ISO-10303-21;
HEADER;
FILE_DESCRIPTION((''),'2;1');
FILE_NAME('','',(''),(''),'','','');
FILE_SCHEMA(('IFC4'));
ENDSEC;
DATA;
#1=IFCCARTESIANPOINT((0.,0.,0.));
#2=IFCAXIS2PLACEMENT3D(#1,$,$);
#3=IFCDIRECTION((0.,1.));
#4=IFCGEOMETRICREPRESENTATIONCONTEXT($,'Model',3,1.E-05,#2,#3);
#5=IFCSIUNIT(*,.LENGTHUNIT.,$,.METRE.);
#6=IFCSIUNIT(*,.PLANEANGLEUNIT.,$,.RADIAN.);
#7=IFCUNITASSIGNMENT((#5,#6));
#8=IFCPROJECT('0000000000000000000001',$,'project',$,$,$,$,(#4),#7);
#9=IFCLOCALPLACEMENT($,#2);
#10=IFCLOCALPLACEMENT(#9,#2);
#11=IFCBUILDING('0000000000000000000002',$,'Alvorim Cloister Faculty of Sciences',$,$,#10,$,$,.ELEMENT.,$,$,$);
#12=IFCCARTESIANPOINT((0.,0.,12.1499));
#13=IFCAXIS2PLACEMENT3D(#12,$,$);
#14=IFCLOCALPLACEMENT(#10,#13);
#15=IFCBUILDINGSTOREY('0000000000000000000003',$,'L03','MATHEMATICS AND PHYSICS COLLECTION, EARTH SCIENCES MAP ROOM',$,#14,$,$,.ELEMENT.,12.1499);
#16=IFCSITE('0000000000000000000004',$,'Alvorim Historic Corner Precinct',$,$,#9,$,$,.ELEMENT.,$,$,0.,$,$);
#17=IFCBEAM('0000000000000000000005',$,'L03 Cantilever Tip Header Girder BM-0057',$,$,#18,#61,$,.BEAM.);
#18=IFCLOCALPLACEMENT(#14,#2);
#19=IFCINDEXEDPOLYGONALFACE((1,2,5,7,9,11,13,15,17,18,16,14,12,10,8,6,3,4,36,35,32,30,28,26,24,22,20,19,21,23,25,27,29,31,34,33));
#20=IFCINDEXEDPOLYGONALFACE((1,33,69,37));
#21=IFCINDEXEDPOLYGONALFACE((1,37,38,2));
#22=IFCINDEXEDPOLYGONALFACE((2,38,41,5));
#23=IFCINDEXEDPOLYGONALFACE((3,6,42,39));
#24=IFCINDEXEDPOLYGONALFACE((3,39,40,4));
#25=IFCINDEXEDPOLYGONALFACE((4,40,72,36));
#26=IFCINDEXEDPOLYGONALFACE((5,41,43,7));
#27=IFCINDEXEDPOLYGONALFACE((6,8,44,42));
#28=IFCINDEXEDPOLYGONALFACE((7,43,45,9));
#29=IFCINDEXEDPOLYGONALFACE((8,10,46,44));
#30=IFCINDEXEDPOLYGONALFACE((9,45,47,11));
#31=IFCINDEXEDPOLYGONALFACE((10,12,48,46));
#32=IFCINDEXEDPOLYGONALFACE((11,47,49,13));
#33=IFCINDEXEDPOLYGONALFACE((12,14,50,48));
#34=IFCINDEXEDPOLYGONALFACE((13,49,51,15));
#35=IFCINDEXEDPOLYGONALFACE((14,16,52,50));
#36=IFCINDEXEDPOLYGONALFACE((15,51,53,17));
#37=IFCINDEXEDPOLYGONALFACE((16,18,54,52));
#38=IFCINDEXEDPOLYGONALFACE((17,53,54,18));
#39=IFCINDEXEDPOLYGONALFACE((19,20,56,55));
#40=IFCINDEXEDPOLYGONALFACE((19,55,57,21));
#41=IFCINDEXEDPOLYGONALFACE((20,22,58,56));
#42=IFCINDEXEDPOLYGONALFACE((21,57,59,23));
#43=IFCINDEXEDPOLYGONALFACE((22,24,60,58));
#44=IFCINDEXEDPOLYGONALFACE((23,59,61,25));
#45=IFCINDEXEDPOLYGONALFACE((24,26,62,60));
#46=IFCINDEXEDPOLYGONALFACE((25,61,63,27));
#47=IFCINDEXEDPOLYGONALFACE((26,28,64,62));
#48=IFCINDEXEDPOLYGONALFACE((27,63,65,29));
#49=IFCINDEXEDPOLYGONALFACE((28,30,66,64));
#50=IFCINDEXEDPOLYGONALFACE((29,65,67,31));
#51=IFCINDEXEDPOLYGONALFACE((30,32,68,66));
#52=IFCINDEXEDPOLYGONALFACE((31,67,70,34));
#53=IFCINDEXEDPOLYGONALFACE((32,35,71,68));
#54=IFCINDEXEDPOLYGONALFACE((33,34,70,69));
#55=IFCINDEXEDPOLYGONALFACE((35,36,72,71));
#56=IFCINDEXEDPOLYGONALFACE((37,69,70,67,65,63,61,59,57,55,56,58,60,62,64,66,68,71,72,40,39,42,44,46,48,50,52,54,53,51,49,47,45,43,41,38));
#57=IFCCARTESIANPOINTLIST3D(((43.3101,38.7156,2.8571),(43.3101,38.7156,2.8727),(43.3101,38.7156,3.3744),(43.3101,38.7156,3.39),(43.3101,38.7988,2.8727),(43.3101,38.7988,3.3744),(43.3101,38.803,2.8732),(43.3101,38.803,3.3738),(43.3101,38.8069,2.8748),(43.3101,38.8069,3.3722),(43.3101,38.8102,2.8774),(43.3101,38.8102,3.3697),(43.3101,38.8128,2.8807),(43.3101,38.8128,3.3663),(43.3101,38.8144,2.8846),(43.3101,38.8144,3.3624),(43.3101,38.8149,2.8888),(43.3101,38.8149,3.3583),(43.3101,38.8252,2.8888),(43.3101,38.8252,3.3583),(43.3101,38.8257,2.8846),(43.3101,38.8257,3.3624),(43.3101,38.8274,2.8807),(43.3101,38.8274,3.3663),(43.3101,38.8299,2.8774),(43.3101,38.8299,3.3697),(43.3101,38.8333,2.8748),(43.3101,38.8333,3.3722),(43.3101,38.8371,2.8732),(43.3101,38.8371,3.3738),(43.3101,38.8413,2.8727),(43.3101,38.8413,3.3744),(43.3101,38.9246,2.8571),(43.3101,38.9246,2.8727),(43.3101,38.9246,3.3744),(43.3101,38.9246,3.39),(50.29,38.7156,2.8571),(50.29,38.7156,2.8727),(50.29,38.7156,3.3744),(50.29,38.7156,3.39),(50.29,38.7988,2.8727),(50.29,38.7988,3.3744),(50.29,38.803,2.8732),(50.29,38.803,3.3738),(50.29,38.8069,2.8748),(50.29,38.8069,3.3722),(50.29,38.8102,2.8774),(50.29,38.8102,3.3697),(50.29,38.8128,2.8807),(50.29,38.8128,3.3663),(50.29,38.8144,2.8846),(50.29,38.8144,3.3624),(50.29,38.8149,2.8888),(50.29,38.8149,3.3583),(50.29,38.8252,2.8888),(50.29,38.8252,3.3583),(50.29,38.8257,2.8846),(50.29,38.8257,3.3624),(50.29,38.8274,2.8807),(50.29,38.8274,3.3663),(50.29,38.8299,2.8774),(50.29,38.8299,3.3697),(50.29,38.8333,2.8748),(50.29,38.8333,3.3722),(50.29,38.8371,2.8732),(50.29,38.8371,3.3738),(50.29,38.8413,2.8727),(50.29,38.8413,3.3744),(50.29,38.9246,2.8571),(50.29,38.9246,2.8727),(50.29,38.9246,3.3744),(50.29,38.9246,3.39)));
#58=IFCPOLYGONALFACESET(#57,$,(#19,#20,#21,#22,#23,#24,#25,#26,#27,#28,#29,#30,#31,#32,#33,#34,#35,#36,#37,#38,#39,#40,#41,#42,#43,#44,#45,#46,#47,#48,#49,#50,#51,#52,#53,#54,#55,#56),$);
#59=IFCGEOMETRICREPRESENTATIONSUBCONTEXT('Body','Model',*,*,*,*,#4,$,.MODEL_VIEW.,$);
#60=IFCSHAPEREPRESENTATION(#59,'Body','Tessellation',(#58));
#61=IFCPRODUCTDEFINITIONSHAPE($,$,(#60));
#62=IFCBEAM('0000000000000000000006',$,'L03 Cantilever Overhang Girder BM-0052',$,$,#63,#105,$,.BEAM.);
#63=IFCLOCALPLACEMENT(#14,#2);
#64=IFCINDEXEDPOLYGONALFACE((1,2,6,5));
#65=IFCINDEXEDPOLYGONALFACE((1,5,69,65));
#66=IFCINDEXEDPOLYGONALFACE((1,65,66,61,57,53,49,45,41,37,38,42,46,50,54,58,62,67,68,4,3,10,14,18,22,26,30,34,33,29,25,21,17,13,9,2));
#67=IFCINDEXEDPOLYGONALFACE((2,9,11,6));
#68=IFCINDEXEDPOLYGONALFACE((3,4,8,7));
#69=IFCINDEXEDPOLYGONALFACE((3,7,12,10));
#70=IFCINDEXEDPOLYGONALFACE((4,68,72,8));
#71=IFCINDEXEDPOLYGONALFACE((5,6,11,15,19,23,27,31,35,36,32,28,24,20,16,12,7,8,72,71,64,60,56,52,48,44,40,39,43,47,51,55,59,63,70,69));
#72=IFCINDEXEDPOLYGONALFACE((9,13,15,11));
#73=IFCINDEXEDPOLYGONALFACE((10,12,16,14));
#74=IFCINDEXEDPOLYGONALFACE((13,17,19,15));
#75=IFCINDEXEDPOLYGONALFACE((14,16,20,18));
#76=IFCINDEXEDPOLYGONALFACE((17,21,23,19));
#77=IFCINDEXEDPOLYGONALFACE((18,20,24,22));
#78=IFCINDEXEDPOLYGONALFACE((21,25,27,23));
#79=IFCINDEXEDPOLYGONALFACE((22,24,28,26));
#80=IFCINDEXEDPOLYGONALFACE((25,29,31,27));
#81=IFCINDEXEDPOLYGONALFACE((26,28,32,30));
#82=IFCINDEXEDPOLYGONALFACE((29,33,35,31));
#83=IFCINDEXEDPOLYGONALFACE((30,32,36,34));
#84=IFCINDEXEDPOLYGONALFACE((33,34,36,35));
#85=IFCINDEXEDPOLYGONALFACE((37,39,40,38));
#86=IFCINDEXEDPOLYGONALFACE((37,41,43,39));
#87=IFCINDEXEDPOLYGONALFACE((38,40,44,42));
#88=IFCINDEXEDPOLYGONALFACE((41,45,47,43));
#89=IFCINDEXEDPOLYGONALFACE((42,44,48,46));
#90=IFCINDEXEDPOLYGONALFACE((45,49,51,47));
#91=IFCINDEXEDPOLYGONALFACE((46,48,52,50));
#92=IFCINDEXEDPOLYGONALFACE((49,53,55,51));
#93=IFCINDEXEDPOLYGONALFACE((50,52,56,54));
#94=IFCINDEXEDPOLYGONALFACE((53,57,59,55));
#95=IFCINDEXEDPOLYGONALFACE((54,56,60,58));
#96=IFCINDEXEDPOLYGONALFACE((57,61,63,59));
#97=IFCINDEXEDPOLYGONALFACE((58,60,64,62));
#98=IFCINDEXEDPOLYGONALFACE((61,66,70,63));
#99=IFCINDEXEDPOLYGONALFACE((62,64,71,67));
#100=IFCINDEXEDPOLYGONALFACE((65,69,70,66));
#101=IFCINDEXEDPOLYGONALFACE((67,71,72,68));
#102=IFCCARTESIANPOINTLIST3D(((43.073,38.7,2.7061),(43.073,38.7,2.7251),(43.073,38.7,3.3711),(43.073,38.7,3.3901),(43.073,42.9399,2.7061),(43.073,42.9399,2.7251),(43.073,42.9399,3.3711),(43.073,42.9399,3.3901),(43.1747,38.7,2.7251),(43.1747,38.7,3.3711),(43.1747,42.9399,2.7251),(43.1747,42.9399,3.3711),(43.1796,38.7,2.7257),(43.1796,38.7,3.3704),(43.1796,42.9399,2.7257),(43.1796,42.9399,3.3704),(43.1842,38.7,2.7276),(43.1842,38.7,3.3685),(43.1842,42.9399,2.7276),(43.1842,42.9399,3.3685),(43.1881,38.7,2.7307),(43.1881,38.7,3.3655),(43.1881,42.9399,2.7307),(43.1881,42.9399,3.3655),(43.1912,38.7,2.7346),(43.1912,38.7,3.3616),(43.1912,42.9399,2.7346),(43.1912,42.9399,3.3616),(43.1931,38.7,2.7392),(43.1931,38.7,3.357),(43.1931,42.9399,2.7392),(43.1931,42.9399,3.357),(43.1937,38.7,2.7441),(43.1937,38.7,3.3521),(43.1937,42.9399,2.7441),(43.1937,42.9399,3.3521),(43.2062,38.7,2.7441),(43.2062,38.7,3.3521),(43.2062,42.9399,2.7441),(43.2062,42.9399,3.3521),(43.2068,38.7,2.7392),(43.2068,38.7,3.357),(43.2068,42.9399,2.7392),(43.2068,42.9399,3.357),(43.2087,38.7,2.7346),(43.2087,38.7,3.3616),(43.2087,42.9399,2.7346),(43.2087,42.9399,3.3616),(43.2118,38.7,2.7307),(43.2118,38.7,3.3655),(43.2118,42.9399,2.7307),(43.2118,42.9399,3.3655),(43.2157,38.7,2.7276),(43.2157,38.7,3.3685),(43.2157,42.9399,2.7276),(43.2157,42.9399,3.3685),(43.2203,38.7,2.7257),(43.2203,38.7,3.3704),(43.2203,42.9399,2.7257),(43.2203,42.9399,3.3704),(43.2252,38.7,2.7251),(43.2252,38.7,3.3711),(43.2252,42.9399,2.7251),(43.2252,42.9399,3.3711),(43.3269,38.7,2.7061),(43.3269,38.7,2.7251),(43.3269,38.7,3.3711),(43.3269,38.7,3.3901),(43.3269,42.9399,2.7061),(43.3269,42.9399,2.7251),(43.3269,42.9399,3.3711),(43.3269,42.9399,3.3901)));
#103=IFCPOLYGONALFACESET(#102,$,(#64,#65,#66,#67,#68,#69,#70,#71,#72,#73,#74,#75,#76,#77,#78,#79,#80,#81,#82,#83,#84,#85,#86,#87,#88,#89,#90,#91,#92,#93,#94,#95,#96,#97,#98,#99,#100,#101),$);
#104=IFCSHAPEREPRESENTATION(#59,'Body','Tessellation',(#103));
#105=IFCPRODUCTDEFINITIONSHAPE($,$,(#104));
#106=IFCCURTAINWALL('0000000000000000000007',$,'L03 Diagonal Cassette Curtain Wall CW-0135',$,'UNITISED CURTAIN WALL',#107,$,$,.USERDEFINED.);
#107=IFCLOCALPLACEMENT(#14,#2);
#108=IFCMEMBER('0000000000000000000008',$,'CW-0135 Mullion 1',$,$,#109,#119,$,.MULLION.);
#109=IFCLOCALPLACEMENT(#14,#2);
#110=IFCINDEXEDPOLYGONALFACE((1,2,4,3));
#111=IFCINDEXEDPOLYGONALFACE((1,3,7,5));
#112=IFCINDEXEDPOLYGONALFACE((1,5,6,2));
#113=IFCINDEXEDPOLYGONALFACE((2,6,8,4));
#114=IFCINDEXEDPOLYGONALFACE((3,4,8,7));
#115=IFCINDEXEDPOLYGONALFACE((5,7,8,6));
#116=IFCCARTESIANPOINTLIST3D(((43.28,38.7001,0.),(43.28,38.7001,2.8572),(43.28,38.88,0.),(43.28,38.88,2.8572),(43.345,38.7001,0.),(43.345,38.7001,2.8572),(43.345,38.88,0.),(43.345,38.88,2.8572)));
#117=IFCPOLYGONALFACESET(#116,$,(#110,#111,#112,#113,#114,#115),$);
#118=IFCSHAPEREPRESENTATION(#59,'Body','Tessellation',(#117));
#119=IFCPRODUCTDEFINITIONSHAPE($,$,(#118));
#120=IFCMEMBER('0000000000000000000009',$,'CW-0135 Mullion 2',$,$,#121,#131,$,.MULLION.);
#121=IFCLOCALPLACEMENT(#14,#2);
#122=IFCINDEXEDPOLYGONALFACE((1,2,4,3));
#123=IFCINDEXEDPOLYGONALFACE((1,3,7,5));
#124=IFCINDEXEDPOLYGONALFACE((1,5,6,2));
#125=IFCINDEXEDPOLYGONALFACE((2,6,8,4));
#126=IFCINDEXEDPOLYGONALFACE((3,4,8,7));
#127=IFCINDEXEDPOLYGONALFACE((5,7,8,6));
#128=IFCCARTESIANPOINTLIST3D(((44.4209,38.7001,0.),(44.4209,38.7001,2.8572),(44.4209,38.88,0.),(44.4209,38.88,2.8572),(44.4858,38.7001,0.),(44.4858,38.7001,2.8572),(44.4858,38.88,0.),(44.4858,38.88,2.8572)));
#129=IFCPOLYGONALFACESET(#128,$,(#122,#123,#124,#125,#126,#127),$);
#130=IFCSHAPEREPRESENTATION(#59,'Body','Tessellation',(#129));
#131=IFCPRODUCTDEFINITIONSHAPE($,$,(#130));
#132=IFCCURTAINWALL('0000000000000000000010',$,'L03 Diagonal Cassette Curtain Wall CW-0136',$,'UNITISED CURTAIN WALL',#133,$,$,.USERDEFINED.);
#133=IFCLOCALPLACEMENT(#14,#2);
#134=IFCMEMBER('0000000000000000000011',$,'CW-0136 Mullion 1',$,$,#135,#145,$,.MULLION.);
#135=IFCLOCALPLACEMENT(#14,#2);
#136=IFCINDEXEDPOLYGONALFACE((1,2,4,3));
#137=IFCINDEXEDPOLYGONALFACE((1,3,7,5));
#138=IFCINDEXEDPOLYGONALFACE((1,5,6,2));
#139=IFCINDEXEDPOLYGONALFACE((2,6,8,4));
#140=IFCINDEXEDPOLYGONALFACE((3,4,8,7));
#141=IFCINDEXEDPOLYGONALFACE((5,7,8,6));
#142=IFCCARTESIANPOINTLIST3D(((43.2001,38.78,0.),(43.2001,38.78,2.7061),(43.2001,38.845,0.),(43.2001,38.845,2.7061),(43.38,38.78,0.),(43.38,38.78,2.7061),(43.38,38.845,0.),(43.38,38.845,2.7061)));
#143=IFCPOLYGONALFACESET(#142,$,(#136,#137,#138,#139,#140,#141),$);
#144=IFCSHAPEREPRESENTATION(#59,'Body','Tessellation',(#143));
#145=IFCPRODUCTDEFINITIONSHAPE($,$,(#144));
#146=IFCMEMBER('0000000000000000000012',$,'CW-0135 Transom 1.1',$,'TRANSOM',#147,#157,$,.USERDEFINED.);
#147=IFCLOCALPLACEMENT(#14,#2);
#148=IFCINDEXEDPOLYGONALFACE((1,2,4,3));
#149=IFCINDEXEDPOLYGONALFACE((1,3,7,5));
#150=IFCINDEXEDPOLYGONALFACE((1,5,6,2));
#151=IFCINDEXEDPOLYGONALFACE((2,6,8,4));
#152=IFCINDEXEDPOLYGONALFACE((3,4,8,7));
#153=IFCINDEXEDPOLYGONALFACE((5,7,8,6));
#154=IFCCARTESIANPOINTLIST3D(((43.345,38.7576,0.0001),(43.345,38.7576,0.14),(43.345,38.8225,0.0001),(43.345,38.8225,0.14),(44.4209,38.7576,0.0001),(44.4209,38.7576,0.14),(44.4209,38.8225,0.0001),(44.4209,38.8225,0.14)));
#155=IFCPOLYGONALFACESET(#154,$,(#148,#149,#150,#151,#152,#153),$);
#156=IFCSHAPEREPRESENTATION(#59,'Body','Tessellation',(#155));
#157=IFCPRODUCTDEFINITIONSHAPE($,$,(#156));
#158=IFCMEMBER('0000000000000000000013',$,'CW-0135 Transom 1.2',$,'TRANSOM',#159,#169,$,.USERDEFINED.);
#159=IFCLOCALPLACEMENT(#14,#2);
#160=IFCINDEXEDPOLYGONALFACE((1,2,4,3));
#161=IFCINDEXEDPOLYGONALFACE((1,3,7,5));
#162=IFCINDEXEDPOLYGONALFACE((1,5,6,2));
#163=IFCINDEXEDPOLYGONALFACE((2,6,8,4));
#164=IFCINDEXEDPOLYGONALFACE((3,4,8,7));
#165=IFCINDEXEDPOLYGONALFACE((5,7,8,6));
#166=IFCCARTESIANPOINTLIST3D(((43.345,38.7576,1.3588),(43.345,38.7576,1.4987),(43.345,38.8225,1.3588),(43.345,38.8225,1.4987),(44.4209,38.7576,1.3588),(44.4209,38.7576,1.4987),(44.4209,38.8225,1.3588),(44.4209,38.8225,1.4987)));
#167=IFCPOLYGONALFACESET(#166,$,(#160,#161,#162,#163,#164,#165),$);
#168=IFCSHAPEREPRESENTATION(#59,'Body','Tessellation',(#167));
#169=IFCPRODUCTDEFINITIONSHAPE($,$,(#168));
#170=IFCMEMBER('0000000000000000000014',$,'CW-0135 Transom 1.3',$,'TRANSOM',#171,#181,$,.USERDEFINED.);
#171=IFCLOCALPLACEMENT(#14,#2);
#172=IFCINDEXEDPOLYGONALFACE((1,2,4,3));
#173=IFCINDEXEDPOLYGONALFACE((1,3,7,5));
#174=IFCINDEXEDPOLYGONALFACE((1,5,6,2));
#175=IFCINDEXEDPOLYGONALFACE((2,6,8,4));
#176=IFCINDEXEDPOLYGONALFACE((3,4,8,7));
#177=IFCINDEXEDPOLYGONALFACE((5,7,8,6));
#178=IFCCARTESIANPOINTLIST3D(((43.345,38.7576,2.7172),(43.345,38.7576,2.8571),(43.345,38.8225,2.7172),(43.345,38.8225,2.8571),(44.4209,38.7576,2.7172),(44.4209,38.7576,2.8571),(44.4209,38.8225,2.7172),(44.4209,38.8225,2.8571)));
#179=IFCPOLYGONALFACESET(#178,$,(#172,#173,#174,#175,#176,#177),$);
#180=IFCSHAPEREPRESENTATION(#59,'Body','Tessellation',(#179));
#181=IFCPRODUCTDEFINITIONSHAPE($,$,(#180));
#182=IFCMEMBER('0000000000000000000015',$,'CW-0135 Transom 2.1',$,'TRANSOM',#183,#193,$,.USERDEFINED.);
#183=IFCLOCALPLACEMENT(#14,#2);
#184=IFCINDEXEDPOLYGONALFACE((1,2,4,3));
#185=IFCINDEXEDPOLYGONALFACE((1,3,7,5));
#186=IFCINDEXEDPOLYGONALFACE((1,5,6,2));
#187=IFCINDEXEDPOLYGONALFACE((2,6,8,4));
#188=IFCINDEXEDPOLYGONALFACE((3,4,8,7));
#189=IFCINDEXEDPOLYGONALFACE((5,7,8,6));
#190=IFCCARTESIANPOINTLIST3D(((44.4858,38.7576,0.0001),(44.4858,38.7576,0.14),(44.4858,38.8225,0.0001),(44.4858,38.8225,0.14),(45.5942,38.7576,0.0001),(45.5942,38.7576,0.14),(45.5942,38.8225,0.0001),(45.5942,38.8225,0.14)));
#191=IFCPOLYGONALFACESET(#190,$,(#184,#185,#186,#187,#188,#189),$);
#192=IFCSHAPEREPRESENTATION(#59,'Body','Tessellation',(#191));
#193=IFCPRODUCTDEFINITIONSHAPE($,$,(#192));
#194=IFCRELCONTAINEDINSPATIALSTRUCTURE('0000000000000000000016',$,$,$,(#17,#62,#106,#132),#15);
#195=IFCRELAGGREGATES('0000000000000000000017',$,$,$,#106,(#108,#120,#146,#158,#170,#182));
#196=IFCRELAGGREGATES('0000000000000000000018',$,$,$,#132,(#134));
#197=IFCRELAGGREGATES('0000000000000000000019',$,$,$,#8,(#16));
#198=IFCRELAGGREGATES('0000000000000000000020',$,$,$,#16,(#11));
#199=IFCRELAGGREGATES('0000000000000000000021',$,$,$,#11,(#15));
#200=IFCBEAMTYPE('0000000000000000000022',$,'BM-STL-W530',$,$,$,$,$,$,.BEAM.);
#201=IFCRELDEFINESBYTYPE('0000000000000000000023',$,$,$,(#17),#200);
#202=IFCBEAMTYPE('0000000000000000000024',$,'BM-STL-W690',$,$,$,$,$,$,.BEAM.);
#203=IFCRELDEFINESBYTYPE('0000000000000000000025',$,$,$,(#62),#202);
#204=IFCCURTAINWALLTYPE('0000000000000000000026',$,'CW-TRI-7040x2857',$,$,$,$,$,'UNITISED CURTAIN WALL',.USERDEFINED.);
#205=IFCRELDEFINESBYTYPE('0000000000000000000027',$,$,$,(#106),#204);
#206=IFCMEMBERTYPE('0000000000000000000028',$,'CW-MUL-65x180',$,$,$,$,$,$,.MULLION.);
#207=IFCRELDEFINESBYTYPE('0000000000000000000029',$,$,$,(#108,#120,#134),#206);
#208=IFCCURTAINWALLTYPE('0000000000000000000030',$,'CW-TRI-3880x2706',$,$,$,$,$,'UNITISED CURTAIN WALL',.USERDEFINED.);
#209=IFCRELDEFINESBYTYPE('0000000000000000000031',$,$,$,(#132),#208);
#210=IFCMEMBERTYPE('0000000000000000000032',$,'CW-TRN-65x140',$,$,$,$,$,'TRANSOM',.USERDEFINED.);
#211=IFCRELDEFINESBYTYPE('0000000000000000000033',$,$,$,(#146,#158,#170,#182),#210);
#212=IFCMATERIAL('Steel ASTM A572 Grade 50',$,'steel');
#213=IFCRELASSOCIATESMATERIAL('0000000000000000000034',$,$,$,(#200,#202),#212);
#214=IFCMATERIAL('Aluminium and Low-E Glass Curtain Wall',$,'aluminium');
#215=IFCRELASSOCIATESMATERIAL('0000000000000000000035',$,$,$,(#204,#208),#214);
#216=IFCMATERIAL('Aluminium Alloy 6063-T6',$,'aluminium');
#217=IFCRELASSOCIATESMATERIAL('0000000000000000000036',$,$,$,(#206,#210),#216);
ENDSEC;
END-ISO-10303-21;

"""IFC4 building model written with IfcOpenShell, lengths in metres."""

from ifc_helpers import new_model, si_unit, direction, frame, origin, origin_2d, place, context, subcontext, project, spatial, rectangle, i_section, extrude, material, material_profile, profile_set, type_object, element, aggregate, save


model = new_model("IFC4")

# Units and contexts
model_context = context("Model", 3, precision=1e-05, world=origin(), true_north=direction((0.0, 1.0)))
body_context = subcontext(model_context, "Body", "Model", "MODEL_VIEW")
ifc_project = project(units=[si_unit("LENGTHUNIT", "METRE"), si_unit("PLANEANGLEUNIT", "RADIAN")], contexts=[model_context])

# Site, building, storey
site_placement = place(None, origin())
site = spatial("IfcSite", under=ifc_project, at=site_placement, Name="Alvorim Historic Corner Precinct", CompositionType="ELEMENT", RefElevation=0.0)
building_placement = place(site_placement, origin())
building = spatial("IfcBuilding", under=site, at=building_placement, Name="Alvorim Cloister Faculty of Sciences", CompositionType="ELEMENT")
storey_placement = place(building_placement, frame((0.0, 0.0, 12.1499)))
storey = spatial("IfcBuildingStorey", under=building, at=storey_placement, Name="L03", Description="MATHEMATICS AND PHYSICS COLLECTION, EARTH SCIENCES MAP ROOM", CompositionType="ELEMENT", Elevation=12.1499)

# Beams
ifc_material_1 = material(Name="Steel ASTM A572 Grade 50", Category="steel")
ifc_material_profile_1 = material_profile(ifc_material_1, i_section(OverallWidth=0.209, OverallDepth=0.533, WebThickness=0.0103, FlangeThickness=0.0156, FilletRadius=0.0161, at=origin_2d()), Name="W530x92.0")
ifc_profile_set_1 = profile_set([ifc_material_profile_1], Name="Steel ASTM A572 Grade 50")
beam_type_1 = type_object("IfcBeamType", Name="BM-STL-W530", PredefinedType="BEAM", material=ifc_profile_set_1)
beam_1_placement = place(storey_placement, frame((43.3101, 38.8201, 3.1235), z_axis=(1.0, 0.0, 0.0), x_axis=(0.0, 1.0, 0.0)))
element("IfcBeam", 1, at=beam_1_placement, inside=storey, type_object=beam_type_1, Name="L03 Cantilever Tip Header Girder BM-0057", PredefinedType="BEAM", context=body_context, shape_type="SweptSolid", body=[
    extrude(i_section(OverallWidth=0.209, OverallDepth=0.533, WebThickness=0.0103, FlangeThickness=0.0156, FilletRadius=0.0161, at=origin_2d()), origin(), (0.0, 0.0, 1.0), 6.98),
])
ifc_material_profile_2 = material_profile(ifc_material_1, i_section(OverallWidth=0.2539, OverallDepth=0.6841, WebThickness=0.0125, FlangeThickness=0.019, FilletRadius=0.019, at=origin_2d()), Name="W690x140.0")
ifc_profile_set_2 = profile_set([ifc_material_profile_2], Name="Steel ASTM A572 Grade 50")
beam_type_2 = type_object("IfcBeamType", Name="BM-STL-W690", PredefinedType="BEAM", material=ifc_profile_set_2)
beam_2_placement = place(storey_placement, frame((43.2, 38.7, 3.0481), z_axis=(0.0, 1.0, 0.0), x_axis=(-1.0, 0.0, 0.0)))
element("IfcBeam", 2, at=beam_2_placement, inside=storey, type_object=beam_type_2, Name="L03 Cantilever Overhang Girder BM-0052", PredefinedType="BEAM", context=body_context, shape_type="SweptSolid", body=[
    extrude(i_section(OverallWidth=0.2539, OverallDepth=0.6841, WebThickness=0.0125, FlangeThickness=0.019, FilletRadius=0.019, at=origin_2d()), origin(), (0.0, 0.0, 1.0), 4.24),
])

# Curtain wall, members
ifc_material_2 = material(Name="Aluminium and Low-E Glass Curtain Wall", Category="aluminium")
curtain_wall_type_1 = type_object("IfcCurtainWallType", Name="CW-TRI-7040x2857", ElementType="UNITISED CURTAIN WALL", PredefinedType="USERDEFINED", material=ifc_material_2)
curtain_wall_1_placement = place(storey_placement, origin())
curtain_wall_1 = element("IfcCurtainWall", 3, at=curtain_wall_1_placement, inside=storey, type_object=curtain_wall_type_1, Name="L03 Diagonal Cassette Curtain Wall CW-0135", ObjectType="UNITISED CURTAIN WALL", PredefinedType="USERDEFINED")
ifc_material_3 = material(Name="Aluminium Alloy 6063-T6", Category="aluminium")
ifc_material_profile_3 = material_profile(ifc_material_3, rectangle(XDim=0.0649, YDim=0.1799, at=origin_2d()), Name="ALU-MUL-65x180")
ifc_profile_set_3 = profile_set([ifc_material_profile_3], Name="Aluminium Alloy 6063-T6")
member_type_1 = type_object("IfcMemberType", Name="CW-MUL-65x180", PredefinedType="MULLION", material=ifc_profile_set_3)
member_1_placement = place(storey_placement, frame((43.3125, 38.79, 0.0), z_axis=(0.0, 0.0, 1.0), x_axis=(1.0, 0.0, 0.0)))
member_1 = element("IfcMember", 4, at=member_1_placement, type_object=member_type_1, Name="CW-0135 Mullion 1", PredefinedType="MULLION", context=body_context, shape_type="SweptSolid", body=[
    extrude(rectangle(XDim=0.0649, YDim=0.1799, at=origin_2d()), origin(), (0.0, 0.0, 1.0), 2.8572),
])
member_2_placement = place(storey_placement, frame((44.4534, 38.79, 0.0), z_axis=(0.0, 0.0, 1.0), x_axis=(1.0, 0.0, 0.0)))
member_2 = element("IfcMember", 5, at=member_2_placement, type_object=member_type_1, Name="CW-0135 Mullion 2", PredefinedType="MULLION", context=body_context, shape_type="SweptSolid", body=[
    extrude(rectangle(XDim=0.0649, YDim=0.1799, at=origin_2d()), origin(), (0.0, 0.0, 1.0), 2.8572),
])

# Curtain wall, member
curtain_wall_type_2 = type_object("IfcCurtainWallType", Name="CW-TRI-3880x2706", ElementType="UNITISED CURTAIN WALL", PredefinedType="USERDEFINED", material=ifc_material_2)
curtain_wall_2_placement = place(storey_placement, origin())
curtain_wall_2 = element("IfcCurtainWall", 6, at=curtain_wall_2_placement, inside=storey, type_object=curtain_wall_type_2, Name="L03 Diagonal Cassette Curtain Wall CW-0136", ObjectType="UNITISED CURTAIN WALL", PredefinedType="USERDEFINED")
member_3_placement = place(storey_placement, frame((43.29, 38.8125, 0.0), z_axis=(0.0, 0.0, 1.0), x_axis=(0.0, 1.0, 0.0)))
member_3 = element("IfcMember", 7, at=member_3_placement, type_object=member_type_1, Name="CW-0136 Mullion 1", PredefinedType="MULLION", context=body_context, shape_type="SweptSolid", body=[
    extrude(rectangle(XDim=0.0649, YDim=0.1799, at=origin_2d()), origin(), (0.0, 0.0, 1.0), 2.7061),
])

# Members
ifc_material_profile_4 = material_profile(ifc_material_3, rectangle(XDim=0.0649, YDim=0.1399, at=origin_2d()), Name="ALU-TRN-65x140")
ifc_profile_set_4 = profile_set([ifc_material_profile_4], Name="Aluminium Alloy 6063-T6")
member_type_2 = type_object("IfcMemberType", Name="CW-TRN-65x140", ElementType="TRANSOM", PredefinedType="USERDEFINED", material=ifc_profile_set_4)
member_4_placement = place(storey_placement, frame((43.345, 38.79, 0.0701), z_axis=(1.0, 0.0, 0.0), x_axis=(0.0, 1.0, 0.0)))
member_4 = element("IfcMember", 8, at=member_4_placement, type_object=member_type_2, Name="CW-0135 Transom 1.1", ObjectType="TRANSOM", PredefinedType="USERDEFINED", context=body_context, shape_type="SweptSolid", body=[
    extrude(rectangle(XDim=0.0649, YDim=0.1399, at=origin_2d()), origin(), (0.0, 0.0, 1.0), 1.0759),
])
member_5_placement = place(storey_placement, frame((43.345, 38.79, 1.4287), z_axis=(1.0, 0.0, 0.0), x_axis=(0.0, 1.0, 0.0)))
member_5 = element("IfcMember", 9, at=member_5_placement, type_object=member_type_2, Name="CW-0135 Transom 1.2", ObjectType="TRANSOM", PredefinedType="USERDEFINED", context=body_context, shape_type="SweptSolid", body=[
    extrude(rectangle(XDim=0.0649, YDim=0.1399, at=origin_2d()), origin(), (0.0, 0.0, 1.0), 1.0759),
])
member_6_placement = place(storey_placement, frame((43.345, 38.79, 2.7871), z_axis=(1.0, 0.0, 0.0), x_axis=(0.0, 1.0, 0.0)))
member_6 = element("IfcMember", 10, at=member_6_placement, type_object=member_type_2, Name="CW-0135 Transom 1.3", ObjectType="TRANSOM", PredefinedType="USERDEFINED", context=body_context, shape_type="SweptSolid", body=[
    extrude(rectangle(XDim=0.0649, YDim=0.1399, at=origin_2d()), origin(), (0.0, 0.0, 1.0), 1.0759),
])
member_7_placement = place(storey_placement, frame((44.4858, 38.79, 0.0701), z_axis=(1.0, 0.0, 0.0), x_axis=(0.0, 1.0, 0.0)))
member_7 = element("IfcMember", 11, at=member_7_placement, type_object=member_type_2, Name="CW-0135 Transom 2.1", ObjectType="TRANSOM", PredefinedType="USERDEFINED", context=body_context, shape_type="SweptSolid", body=[
    extrude(rectangle(XDim=0.0649, YDim=0.1399, at=origin_2d()), origin(), (0.0, 0.0, 1.0), 1.1084),
])

aggregate(curtain_wall_1, [member_1, member_2, member_4, member_5, member_6, member_7])
aggregate(curtain_wall_2, [member_3])

save(model, "model.ifc")
